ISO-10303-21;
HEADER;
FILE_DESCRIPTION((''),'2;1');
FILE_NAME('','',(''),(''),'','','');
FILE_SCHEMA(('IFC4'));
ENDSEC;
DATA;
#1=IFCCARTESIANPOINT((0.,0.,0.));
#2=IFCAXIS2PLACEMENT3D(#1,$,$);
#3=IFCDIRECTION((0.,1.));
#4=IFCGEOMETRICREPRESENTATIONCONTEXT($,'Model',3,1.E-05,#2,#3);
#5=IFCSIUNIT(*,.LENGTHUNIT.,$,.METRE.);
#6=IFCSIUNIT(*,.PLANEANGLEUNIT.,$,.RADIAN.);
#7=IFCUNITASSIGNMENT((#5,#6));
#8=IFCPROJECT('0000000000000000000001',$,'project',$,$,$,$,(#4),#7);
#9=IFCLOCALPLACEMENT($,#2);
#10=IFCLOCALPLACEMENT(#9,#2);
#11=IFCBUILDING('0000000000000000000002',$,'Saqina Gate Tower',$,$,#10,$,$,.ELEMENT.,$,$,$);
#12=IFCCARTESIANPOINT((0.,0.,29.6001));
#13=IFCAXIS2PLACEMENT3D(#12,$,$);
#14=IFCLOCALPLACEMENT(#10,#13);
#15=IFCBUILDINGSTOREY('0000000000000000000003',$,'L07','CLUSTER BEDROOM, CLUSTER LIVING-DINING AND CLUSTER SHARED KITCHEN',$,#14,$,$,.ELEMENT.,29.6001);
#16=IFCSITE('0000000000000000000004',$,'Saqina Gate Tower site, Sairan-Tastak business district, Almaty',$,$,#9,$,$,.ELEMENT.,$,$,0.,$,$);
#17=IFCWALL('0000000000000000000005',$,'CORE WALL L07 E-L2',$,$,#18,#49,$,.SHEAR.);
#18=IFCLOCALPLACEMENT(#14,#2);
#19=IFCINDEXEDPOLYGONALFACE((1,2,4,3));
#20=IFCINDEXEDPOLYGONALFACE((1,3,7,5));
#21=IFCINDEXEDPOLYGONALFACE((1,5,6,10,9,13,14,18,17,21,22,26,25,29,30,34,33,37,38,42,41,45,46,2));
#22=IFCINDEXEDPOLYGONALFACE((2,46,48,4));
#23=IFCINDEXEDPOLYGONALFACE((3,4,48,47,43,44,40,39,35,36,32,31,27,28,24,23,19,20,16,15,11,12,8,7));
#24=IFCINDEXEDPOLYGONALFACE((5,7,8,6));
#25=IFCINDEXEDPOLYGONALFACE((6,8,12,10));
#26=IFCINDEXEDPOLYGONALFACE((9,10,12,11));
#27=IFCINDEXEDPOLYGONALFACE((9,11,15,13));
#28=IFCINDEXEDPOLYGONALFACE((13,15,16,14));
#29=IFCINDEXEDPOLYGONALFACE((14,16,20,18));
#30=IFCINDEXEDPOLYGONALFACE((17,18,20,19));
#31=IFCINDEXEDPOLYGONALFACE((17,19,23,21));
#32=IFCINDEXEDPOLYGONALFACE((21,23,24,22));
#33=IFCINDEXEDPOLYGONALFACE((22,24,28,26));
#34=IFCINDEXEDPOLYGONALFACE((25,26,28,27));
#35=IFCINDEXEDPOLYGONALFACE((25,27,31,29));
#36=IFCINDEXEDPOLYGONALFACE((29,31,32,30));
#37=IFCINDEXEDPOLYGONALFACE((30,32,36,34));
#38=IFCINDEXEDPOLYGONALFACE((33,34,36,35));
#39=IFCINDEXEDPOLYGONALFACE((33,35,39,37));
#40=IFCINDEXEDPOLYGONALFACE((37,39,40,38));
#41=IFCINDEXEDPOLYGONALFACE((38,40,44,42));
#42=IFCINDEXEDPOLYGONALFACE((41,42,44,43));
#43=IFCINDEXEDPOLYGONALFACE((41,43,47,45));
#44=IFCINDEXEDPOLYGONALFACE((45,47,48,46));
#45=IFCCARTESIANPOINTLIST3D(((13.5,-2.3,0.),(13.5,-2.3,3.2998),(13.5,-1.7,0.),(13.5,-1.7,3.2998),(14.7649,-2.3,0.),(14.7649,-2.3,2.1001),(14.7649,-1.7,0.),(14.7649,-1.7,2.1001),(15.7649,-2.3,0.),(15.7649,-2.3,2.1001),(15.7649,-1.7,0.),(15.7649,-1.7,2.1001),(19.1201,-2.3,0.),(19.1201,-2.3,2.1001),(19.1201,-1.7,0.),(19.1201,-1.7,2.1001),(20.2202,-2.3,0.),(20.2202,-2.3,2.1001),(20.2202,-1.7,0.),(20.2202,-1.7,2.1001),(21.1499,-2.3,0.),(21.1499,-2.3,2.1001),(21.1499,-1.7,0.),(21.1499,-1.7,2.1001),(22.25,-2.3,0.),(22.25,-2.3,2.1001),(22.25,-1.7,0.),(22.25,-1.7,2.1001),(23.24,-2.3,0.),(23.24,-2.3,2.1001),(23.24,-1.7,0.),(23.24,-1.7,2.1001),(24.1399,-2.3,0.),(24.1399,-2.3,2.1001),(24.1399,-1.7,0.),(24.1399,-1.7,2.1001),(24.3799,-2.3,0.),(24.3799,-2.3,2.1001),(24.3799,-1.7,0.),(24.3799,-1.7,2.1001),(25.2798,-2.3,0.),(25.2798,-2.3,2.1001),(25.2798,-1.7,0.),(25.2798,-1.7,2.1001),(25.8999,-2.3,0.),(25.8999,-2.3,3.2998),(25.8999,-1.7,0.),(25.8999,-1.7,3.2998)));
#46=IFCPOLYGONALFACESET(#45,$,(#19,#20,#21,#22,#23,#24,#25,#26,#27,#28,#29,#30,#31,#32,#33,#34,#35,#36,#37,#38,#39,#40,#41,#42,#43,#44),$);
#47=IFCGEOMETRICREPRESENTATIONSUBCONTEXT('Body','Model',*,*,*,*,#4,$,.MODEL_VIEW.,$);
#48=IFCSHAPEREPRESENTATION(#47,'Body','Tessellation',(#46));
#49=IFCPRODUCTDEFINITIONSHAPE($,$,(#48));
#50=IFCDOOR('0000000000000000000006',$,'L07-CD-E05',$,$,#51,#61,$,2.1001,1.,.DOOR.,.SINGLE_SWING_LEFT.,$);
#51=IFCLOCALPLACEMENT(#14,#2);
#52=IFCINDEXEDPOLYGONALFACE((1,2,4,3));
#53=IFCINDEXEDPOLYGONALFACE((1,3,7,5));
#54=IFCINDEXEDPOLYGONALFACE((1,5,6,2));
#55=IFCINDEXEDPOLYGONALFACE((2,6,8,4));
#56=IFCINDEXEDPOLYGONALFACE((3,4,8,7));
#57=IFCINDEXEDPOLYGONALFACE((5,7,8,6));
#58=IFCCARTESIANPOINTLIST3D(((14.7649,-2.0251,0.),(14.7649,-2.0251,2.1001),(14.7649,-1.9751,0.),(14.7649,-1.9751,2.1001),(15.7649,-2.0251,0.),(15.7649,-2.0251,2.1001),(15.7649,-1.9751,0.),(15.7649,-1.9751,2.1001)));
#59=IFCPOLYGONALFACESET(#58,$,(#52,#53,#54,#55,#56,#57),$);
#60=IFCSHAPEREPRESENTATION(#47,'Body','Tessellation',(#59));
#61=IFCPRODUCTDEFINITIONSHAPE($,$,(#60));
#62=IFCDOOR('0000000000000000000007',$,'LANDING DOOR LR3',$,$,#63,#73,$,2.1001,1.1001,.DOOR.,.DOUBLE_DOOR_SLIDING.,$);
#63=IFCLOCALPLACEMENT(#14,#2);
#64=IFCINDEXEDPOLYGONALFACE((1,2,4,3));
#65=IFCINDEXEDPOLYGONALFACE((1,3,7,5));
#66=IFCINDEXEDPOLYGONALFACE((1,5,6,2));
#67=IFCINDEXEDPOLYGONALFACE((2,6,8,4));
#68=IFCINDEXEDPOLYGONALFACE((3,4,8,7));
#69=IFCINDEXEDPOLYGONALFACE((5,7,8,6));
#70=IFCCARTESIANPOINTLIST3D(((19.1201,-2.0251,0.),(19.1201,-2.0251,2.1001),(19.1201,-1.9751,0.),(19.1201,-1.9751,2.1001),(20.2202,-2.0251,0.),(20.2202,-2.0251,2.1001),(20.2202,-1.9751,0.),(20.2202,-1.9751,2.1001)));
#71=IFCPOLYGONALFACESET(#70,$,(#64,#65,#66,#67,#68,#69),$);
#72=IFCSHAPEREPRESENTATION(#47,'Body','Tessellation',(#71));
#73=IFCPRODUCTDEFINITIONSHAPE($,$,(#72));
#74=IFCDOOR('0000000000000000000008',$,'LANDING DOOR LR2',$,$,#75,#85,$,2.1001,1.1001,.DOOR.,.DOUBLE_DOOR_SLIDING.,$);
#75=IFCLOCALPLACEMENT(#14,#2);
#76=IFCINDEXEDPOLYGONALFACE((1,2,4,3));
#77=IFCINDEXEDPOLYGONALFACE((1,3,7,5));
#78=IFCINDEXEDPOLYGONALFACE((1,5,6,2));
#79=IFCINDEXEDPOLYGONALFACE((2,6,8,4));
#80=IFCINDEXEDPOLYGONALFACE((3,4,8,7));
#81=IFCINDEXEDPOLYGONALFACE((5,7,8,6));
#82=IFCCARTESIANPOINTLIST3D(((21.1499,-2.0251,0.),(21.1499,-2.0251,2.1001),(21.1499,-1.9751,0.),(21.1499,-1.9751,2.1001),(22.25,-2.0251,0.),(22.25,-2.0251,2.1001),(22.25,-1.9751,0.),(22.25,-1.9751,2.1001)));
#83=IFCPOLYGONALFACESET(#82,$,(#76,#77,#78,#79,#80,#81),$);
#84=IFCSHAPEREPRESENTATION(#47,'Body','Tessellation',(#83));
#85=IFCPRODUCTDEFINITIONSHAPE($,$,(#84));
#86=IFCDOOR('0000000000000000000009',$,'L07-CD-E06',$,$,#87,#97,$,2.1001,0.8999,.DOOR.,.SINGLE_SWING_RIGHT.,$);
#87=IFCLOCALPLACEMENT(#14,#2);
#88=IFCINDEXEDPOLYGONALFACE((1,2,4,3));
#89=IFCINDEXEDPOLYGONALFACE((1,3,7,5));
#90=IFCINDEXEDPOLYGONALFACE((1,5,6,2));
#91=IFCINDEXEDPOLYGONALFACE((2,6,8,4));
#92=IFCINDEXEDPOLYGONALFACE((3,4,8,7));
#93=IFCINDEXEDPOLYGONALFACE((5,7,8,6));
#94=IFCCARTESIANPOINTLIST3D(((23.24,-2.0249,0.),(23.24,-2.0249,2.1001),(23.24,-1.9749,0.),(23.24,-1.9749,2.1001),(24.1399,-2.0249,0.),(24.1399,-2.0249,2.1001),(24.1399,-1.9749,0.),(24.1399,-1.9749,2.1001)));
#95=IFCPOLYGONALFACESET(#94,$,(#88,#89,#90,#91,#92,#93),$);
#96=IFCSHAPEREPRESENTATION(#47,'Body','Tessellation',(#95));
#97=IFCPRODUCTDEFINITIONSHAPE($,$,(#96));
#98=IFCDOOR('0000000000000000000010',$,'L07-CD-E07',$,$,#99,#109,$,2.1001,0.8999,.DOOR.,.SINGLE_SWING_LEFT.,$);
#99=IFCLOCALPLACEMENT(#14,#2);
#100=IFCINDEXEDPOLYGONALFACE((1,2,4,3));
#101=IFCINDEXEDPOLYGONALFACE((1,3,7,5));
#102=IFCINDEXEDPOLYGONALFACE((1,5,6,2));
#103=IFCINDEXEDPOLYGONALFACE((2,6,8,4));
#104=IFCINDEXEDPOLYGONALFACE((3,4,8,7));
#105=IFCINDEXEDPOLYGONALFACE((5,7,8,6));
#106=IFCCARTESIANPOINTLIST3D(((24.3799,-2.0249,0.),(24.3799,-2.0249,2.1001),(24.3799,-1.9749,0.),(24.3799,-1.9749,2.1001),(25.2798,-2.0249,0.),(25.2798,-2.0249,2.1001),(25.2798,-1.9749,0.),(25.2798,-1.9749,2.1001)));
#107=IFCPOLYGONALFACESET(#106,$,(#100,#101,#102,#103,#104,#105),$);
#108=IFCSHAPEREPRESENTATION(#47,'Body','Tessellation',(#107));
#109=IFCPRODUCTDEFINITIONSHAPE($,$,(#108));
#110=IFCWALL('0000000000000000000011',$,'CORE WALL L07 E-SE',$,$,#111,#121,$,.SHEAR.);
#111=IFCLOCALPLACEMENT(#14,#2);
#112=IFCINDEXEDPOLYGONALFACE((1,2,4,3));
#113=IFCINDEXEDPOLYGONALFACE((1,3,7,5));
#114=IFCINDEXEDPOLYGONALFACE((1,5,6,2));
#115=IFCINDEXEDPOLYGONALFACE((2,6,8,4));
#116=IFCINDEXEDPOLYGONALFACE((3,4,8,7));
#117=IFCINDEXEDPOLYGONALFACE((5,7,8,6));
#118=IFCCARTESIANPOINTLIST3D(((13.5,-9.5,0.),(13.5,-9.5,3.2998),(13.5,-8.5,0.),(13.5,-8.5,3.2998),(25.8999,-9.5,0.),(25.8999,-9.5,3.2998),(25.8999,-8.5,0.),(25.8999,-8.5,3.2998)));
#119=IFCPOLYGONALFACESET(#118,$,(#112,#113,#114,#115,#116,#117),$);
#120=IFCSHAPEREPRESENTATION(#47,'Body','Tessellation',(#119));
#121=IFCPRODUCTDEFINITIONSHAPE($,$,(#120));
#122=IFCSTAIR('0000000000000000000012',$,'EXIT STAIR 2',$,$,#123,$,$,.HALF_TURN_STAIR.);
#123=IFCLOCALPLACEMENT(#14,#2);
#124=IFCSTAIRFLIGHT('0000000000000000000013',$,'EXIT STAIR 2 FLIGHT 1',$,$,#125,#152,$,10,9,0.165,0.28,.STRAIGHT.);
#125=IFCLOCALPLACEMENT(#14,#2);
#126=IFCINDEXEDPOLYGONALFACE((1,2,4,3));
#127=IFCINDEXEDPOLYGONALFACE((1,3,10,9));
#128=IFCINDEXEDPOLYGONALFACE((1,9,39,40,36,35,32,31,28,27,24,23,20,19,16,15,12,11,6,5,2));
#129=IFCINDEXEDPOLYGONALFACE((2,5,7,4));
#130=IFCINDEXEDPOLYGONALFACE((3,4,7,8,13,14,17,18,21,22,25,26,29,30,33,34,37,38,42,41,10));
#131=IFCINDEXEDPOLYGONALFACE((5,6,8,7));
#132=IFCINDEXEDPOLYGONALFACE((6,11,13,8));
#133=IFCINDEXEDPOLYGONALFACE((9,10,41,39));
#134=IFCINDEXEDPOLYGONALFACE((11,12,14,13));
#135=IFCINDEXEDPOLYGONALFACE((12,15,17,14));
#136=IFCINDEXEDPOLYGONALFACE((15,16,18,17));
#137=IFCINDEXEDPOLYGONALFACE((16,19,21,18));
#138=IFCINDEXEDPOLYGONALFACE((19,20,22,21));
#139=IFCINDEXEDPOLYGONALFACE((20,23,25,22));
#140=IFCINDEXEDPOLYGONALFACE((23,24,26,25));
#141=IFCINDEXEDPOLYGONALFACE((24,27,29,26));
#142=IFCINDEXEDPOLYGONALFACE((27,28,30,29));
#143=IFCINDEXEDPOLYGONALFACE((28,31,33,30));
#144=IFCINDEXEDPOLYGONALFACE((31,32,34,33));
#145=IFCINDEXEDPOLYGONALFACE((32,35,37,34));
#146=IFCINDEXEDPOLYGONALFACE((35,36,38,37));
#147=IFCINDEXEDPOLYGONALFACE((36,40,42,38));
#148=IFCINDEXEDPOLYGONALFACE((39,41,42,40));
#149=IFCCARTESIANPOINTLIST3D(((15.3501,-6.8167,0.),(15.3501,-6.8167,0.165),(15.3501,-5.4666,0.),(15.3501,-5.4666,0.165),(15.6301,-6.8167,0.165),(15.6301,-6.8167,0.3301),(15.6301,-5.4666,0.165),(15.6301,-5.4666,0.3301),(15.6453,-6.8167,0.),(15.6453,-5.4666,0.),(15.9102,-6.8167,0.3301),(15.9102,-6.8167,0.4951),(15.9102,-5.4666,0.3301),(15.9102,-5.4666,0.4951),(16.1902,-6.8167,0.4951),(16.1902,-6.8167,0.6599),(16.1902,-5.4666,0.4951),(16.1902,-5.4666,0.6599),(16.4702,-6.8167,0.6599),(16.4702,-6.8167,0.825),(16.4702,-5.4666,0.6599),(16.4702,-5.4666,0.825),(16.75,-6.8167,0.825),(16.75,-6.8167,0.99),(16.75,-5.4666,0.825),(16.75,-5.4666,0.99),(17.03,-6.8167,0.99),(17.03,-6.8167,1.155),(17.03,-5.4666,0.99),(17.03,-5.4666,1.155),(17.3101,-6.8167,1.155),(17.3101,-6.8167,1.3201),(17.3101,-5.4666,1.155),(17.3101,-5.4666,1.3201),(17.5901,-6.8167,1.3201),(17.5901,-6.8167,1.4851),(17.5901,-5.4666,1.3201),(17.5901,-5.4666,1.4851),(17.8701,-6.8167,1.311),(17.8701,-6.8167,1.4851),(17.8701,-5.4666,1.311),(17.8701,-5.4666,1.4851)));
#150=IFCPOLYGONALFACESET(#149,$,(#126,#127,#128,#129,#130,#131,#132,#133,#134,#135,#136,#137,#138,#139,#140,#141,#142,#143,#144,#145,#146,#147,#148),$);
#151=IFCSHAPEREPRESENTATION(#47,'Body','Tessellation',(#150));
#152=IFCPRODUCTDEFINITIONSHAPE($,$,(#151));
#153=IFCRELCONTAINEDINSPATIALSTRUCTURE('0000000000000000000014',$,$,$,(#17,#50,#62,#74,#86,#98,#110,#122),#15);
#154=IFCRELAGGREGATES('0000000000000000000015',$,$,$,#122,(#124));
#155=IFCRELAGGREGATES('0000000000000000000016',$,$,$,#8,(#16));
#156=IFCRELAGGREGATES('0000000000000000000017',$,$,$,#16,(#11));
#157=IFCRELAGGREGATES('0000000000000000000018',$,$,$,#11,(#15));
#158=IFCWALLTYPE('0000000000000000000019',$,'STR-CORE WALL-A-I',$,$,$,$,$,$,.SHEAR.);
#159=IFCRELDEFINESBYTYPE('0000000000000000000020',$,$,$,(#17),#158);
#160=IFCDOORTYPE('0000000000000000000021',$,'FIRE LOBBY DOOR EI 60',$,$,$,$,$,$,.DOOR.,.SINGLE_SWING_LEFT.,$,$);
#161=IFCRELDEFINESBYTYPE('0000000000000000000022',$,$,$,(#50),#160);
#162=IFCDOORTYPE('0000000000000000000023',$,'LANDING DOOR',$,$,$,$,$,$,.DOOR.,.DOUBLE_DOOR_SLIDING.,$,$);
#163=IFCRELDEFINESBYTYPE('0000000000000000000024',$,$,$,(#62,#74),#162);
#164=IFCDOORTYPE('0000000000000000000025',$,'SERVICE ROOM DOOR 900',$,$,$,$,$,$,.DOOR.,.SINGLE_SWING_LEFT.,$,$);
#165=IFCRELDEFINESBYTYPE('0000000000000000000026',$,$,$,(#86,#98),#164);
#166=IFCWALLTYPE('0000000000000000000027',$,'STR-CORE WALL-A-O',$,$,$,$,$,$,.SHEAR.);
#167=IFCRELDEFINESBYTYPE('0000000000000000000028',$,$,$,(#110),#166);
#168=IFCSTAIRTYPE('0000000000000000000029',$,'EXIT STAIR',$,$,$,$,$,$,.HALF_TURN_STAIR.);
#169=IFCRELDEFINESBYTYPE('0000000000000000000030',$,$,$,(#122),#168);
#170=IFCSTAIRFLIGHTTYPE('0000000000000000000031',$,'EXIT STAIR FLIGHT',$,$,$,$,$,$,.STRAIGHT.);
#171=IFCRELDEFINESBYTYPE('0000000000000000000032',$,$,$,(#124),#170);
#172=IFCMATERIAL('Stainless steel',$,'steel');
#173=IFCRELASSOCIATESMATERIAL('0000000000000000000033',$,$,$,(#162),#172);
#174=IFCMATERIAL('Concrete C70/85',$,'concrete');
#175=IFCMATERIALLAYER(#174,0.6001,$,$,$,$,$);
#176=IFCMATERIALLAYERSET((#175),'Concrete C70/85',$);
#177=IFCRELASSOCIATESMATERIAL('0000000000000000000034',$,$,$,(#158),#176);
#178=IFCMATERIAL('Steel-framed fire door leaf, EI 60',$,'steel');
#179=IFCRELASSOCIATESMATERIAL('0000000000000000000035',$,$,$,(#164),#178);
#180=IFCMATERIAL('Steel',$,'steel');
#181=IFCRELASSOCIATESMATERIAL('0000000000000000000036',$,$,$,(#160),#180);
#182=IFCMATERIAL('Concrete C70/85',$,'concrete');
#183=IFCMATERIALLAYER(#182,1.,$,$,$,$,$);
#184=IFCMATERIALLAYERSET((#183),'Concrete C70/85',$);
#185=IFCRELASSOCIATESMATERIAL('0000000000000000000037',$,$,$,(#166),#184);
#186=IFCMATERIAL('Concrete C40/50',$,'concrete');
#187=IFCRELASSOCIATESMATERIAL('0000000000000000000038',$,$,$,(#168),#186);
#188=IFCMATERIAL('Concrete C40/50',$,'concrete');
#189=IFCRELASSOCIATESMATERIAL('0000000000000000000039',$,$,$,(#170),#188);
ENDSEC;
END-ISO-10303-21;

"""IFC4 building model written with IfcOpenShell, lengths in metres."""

from ifc_helpers import new_model, si_unit, direction, frame, frame_2d, origin, place, context, subcontext, project, spatial, polyline, rectangle, outline, extrude, material, layer, layer_set, type_object, element, fill, aggregate, save


model = new_model("IFC4")

# Units and contexts
model_context = context("Model", 3, precision=1e-05, world=origin(), true_north=direction((0.0, 1.0)))
body_context = subcontext(model_context, "Body", "Model", "MODEL_VIEW")
ifc_project = project(units=[si_unit("LENGTHUNIT", "METRE"), si_unit("PLANEANGLEUNIT", "RADIAN")], contexts=[model_context])

# Site, building, storey
site_placement = place(None, origin())
site = spatial("IfcSite", under=ifc_project, at=site_placement, Name="Saqina Gate Tower site, Sairan-Tastak business district, Almaty", CompositionType="ELEMENT", RefElevation=0.0)
building_placement = place(site_placement, origin())
building = spatial("IfcBuilding", under=site, at=building_placement, Name="Saqina Gate Tower", CompositionType="ELEMENT")
storey_placement = place(building_placement, frame((0.0, 0.0, 29.6001)))
storey = spatial("IfcBuildingStorey", under=building, at=storey_placement, Name="L07", Description="CLUSTER BEDROOM, CLUSTER LIVING-DINING AND CLUSTER SHARED KITCHEN", CompositionType="ELEMENT", Elevation=29.6001)

# Shared definitions
ifc_material_1 = material(Name="Stainless steel", Category="steel")
door_type_1 = type_object("IfcDoorType", Name="LANDING DOOR", OperationType="DOUBLE_DOOR_SLIDING", PredefinedType="DOOR", material=ifc_material_1)

# Wall, openings, doors
ifc_material_2 = material(Name="Concrete C70/85", Category="concrete")
ifc_layer_1 = layer(ifc_material_2, 0.6001)
ifc_layer_set_1 = layer_set([ifc_layer_1], Name="Concrete C70/85")
wall_type_1 = type_object("IfcWallType", Name="STR-CORE WALL-A-I", PredefinedType="SHEAR", material=ifc_layer_set_1)
ifc_material_3 = material(Name="Steel-framed fire door leaf, EI 60", Category="steel")
door_type_2 = type_object("IfcDoorType", Name="SERVICE ROOM DOOR 900", OperationType="SINGLE_SWING_LEFT", PredefinedType="DOOR", material=ifc_material_3)
wall_1_placement = place(storey_placement, frame((13.5, -2.0, 0.0), z_axis=(0.0, 0.0, 1.0), x_axis=(1.0, 0.0, 0.0)))
wall_1 = element("IfcWall", 1, at=wall_1_placement, inside=storey, type_object=wall_type_1, Name="CORE WALL L07 E-L2", PredefinedType="SHEAR", context=body_context, shape_type="SweptSolid", body=[
    extrude(rectangle(XDim=12.3999, YDim=0.6001, at=frame_2d((6.2, 0.0))), origin(), (0.0, 0.0, 1.0), 3.2998),
])
opening_1_placement = place(wall_1_placement, frame((5.6201, 0.0, 0.0)))
opening_1 = element("IfcOpeningElement", 2, at=opening_1_placement, cuts=wall_1, PredefinedType="OPENING", context=body_context, shape_type="SweptSolid", body=[
    extrude(rectangle(XDim=1.1001, YDim=2.1001, at=frame_2d((0.55, 1.05))), frame((0.0, 0.312, 0.0), z_axis=(0.0, -1.0, 0.0), x_axis=(1.0, 0.0, 0.0)), (0.0, 0.0, 1.0), 0.624),
])
opening_2_placement = place(wall_1_placement, frame((7.6499, 0.0, 0.0)))
opening_2 = element("IfcOpeningElement", 3, at=opening_2_placement, cuts=wall_1, PredefinedType="OPENING", context=body_context, shape_type="SweptSolid", body=[
    extrude(rectangle(XDim=1.1001, YDim=2.1001, at=frame_2d((0.55, 1.05))), frame((0.0, 0.312, 0.0), z_axis=(0.0, -1.0, 0.0), x_axis=(1.0, 0.0, 0.0)), (0.0, 0.0, 1.0), 0.624),
])
opening_3_placement = place(wall_1_placement, frame((1.2649, 0.0, 0.0)))
opening_3 = element("IfcOpeningElement", 4, at=opening_3_placement, cuts=wall_1, PredefinedType="OPENING", context=body_context, shape_type="SweptSolid", body=[
    extrude(rectangle(XDim=1.0, YDim=2.1001, at=frame_2d((0.5, 1.05))), frame((0.0, 0.312, 0.0), z_axis=(0.0, -1.0, 0.0), x_axis=(1.0, 0.0, 0.0)), (0.0, 0.0, 1.0), 0.624),
])
opening_4_placement = place(wall_1_placement, frame((9.74, 0.0, 0.0)))
opening_4 = element("IfcOpeningElement", 5, at=opening_4_placement, cuts=wall_1, PredefinedType="OPENING", context=body_context, shape_type="SweptSolid", body=[
    extrude(rectangle(XDim=0.8999, YDim=2.1001, at=frame_2d((0.45, 1.05))), frame((0.0, 0.312, 0.0), z_axis=(0.0, -1.0, 0.0), x_axis=(1.0, 0.0, 0.0)), (0.0, 0.0, 1.0), 0.624),
])
opening_5_placement = place(wall_1_placement, frame((10.8799, 0.0, 0.0)))
opening_5 = element("IfcOpeningElement", 6, at=opening_5_placement, cuts=wall_1, PredefinedType="OPENING", context=body_context, shape_type="SweptSolid", body=[
    extrude(rectangle(XDim=0.8999, YDim=2.1001, at=frame_2d((0.45, 1.05))), frame((0.0, 0.312, 0.0), z_axis=(0.0, -1.0, 0.0), x_axis=(1.0, 0.0, 0.0)), (0.0, 0.0, 1.0), 0.624),
])
ifc_material_4 = material(Name="Steel", Category="steel")
door_type_3 = type_object("IfcDoorType", Name="FIRE LOBBY DOOR EI 60", OperationType="SINGLE_SWING_LEFT", PredefinedType="DOOR", material=ifc_material_4)
door_1_placement = place(opening_3_placement, origin())
door_1 = element("IfcDoor", 7, at=door_1_placement, inside=storey, type_object=door_type_3, Name="L07-CD-E05", OperationType="SINGLE_SWING_LEFT", OverallHeight=2.1001, OverallWidth=1.0, PredefinedType="DOOR", context=body_context, shape_type="SweptSolid", body=[
    extrude(rectangle(XDim=1.0, YDim=2.1001, at=frame_2d((0.5, 1.05))), frame((0.0, 0.0249, 0.0), z_axis=(0.0, -1.0, 0.0), x_axis=(1.0, 0.0, 0.0)), (0.0, 0.0, 1.0), 0.05),
])
fill(opening_3, door_1)
door_2_placement = place(opening_1_placement, origin())
door_2 = element("IfcDoor", 8, at=door_2_placement, inside=storey, type_object=door_type_1, Name="LANDING DOOR LR3", OperationType="DOUBLE_DOOR_SLIDING", OverallHeight=2.1001, OverallWidth=1.1001, PredefinedType="DOOR", context=body_context, shape_type="SweptSolid", body=[
    extrude(rectangle(XDim=1.1001, YDim=2.1001, at=frame_2d((0.55, 1.05))), frame((0.0, 0.0249, 0.0), z_axis=(0.0, -1.0, 0.0), x_axis=(1.0, 0.0, 0.0)), (0.0, 0.0, 1.0), 0.05),
])
fill(opening_1, door_2)
door_3_placement = place(opening_2_placement, origin())
door_3 = element("IfcDoor", 9, at=door_3_placement, inside=storey, type_object=door_type_1, Name="LANDING DOOR LR2", OperationType="DOUBLE_DOOR_SLIDING", OverallHeight=2.1001, OverallWidth=1.1001, PredefinedType="DOOR", context=body_context, shape_type="SweptSolid", body=[
    extrude(rectangle(XDim=1.1001, YDim=2.1001, at=frame_2d((0.55, 1.05))), frame((0.0, 0.0249, 0.0), z_axis=(0.0, -1.0, 0.0), x_axis=(1.0, 0.0, 0.0)), (0.0, 0.0, 1.0), 0.05),
])
fill(opening_2, door_3)
door_4_placement = place(opening_4_placement, frame((0.8999, 0.0, 0.0), z_axis=(0.0, 0.0, 1.0), x_axis=(-1.0, 0.0, 0.0)))
door_4 = element("IfcDoor", 10, at=door_4_placement, inside=storey, type_object=door_type_2, Name="L07-CD-E06", OperationType="SINGLE_SWING_RIGHT", OverallHeight=2.1001, OverallWidth=0.8999, PredefinedType="DOOR", context=body_context, shape_type="SweptSolid", body=[
    extrude(rectangle(XDim=0.8999, YDim=2.1001, at=frame_2d((0.45, 1.05))), frame((0.0, 0.0249, 0.0), z_axis=(0.0, -1.0, 0.0), x_axis=(1.0, 0.0, 0.0)), (0.0, 0.0, 1.0), 0.05),
])
fill(opening_4, door_4)
door_5_placement = place(opening_5_placement, frame((0.8999, 0.0, 0.0), z_axis=(0.0, 0.0, 1.0), x_axis=(-1.0, 0.0, 0.0)))
door_5 = element("IfcDoor", 11, at=door_5_placement, inside=storey, type_object=door_type_2, Name="L07-CD-E07", OperationType="SINGLE_SWING_LEFT", OverallHeight=2.1001, OverallWidth=0.8999, PredefinedType="DOOR", context=body_context, shape_type="SweptSolid", body=[
    extrude(rectangle(XDim=0.8999, YDim=2.1001, at=frame_2d((0.45, 1.05))), frame((0.0, 0.0249, 0.0), z_axis=(0.0, -1.0, 0.0), x_axis=(1.0, 0.0, 0.0)), (0.0, 0.0, 1.0), 0.05),
])
fill(opening_5, door_5)
ifc_material_5 = material(Name="Concrete C70/85", Category="concrete")
ifc_layer_2 = layer(ifc_material_5, 1.0)
ifc_layer_set_2 = layer_set([ifc_layer_2], Name="Concrete C70/85")
wall_type_2 = type_object("IfcWallType", Name="STR-CORE WALL-A-O", PredefinedType="SHEAR", material=ifc_layer_set_2)

# Wall
wall_2_placement = place(storey_placement, frame((13.5, -9.0, 0.0), z_axis=(0.0, 0.0, 1.0), x_axis=(1.0, 0.0, 0.0)))
element("IfcWall", 12, at=wall_2_placement, inside=storey, type_object=wall_type_2, Name="CORE WALL L07 E-SE", PredefinedType="SHEAR", context=body_context, shape_type="SweptSolid", body=[
    extrude(rectangle(XDim=12.3999, YDim=1.0, at=frame_2d((6.2, 0.0))), origin(), (0.0, 0.0, 1.0), 3.2998),
])

# Stair, stair flight
ifc_material_6 = material(Name="Concrete C40/50", Category="concrete")
stair_type = type_object("IfcStairType", Name="EXIT STAIR", PredefinedType="HALF_TURN_STAIR", material=ifc_material_6)
stair_placement = place(storey_placement, origin())
stair = element("IfcStair", 13, at=stair_placement, inside=storey, type_object=stair_type, Name="EXIT STAIR 2", PredefinedType="HALF_TURN_STAIR")
ifc_material_7 = material(Name="Concrete C40/50", Category="concrete")
stair_flight_type = type_object("IfcStairFlightType", Name="EXIT STAIR FLIGHT", PredefinedType="STRAIGHT", material=ifc_material_7)
stair_flight_1_placement = place(storey_placement, frame((15.3501, -6.1416, 0.0), z_axis=(0.0, 0.0, 1.0), x_axis=(1.0, 0.0, 0.0)))
stair_flight_1 = element("IfcStairFlight", 14, at=stair_flight_1_placement, type_object=stair_flight_type, Name="EXIT STAIR 2 FLIGHT 1", NumberOfRisers=10, NumberOfTreads=9, PredefinedType="STRAIGHT", RiserHeight=0.165, TreadLength=0.28, context=body_context, shape_type="SweptSolid", body=[
    extrude(outline(polyline([(0.0, 0.0), (0.0, 0.165), (0.28, 0.165), (0.28, 0.3301), (0.5601, 0.3301), (0.5601, 0.4951), (0.8401, 0.4951), (0.8401, 0.6599), (1.1201, 0.6599), (1.1201, 0.825), (1.3999, 0.825), (1.3999, 0.99), (1.6799, 0.99), (1.6799, 1.155), (1.96, 1.155), (1.96, 1.3201), (2.24, 1.3201), (2.24, 1.4851), (2.52, 1.4851), (2.52, 1.6499), (2.52, 1.311), (0.2952, 0.0), (0.0, 0.0)])), frame((0.0, 0.675, 0.0), z_axis=(0.0, -1.0, 0.0), x_axis=(1.0, 0.0, 0.0)), (0.0, 0.0, 1.0), 1.3501),
])
aggregate(stair, [stair_flight_1])

save(model, "model.ifc")
